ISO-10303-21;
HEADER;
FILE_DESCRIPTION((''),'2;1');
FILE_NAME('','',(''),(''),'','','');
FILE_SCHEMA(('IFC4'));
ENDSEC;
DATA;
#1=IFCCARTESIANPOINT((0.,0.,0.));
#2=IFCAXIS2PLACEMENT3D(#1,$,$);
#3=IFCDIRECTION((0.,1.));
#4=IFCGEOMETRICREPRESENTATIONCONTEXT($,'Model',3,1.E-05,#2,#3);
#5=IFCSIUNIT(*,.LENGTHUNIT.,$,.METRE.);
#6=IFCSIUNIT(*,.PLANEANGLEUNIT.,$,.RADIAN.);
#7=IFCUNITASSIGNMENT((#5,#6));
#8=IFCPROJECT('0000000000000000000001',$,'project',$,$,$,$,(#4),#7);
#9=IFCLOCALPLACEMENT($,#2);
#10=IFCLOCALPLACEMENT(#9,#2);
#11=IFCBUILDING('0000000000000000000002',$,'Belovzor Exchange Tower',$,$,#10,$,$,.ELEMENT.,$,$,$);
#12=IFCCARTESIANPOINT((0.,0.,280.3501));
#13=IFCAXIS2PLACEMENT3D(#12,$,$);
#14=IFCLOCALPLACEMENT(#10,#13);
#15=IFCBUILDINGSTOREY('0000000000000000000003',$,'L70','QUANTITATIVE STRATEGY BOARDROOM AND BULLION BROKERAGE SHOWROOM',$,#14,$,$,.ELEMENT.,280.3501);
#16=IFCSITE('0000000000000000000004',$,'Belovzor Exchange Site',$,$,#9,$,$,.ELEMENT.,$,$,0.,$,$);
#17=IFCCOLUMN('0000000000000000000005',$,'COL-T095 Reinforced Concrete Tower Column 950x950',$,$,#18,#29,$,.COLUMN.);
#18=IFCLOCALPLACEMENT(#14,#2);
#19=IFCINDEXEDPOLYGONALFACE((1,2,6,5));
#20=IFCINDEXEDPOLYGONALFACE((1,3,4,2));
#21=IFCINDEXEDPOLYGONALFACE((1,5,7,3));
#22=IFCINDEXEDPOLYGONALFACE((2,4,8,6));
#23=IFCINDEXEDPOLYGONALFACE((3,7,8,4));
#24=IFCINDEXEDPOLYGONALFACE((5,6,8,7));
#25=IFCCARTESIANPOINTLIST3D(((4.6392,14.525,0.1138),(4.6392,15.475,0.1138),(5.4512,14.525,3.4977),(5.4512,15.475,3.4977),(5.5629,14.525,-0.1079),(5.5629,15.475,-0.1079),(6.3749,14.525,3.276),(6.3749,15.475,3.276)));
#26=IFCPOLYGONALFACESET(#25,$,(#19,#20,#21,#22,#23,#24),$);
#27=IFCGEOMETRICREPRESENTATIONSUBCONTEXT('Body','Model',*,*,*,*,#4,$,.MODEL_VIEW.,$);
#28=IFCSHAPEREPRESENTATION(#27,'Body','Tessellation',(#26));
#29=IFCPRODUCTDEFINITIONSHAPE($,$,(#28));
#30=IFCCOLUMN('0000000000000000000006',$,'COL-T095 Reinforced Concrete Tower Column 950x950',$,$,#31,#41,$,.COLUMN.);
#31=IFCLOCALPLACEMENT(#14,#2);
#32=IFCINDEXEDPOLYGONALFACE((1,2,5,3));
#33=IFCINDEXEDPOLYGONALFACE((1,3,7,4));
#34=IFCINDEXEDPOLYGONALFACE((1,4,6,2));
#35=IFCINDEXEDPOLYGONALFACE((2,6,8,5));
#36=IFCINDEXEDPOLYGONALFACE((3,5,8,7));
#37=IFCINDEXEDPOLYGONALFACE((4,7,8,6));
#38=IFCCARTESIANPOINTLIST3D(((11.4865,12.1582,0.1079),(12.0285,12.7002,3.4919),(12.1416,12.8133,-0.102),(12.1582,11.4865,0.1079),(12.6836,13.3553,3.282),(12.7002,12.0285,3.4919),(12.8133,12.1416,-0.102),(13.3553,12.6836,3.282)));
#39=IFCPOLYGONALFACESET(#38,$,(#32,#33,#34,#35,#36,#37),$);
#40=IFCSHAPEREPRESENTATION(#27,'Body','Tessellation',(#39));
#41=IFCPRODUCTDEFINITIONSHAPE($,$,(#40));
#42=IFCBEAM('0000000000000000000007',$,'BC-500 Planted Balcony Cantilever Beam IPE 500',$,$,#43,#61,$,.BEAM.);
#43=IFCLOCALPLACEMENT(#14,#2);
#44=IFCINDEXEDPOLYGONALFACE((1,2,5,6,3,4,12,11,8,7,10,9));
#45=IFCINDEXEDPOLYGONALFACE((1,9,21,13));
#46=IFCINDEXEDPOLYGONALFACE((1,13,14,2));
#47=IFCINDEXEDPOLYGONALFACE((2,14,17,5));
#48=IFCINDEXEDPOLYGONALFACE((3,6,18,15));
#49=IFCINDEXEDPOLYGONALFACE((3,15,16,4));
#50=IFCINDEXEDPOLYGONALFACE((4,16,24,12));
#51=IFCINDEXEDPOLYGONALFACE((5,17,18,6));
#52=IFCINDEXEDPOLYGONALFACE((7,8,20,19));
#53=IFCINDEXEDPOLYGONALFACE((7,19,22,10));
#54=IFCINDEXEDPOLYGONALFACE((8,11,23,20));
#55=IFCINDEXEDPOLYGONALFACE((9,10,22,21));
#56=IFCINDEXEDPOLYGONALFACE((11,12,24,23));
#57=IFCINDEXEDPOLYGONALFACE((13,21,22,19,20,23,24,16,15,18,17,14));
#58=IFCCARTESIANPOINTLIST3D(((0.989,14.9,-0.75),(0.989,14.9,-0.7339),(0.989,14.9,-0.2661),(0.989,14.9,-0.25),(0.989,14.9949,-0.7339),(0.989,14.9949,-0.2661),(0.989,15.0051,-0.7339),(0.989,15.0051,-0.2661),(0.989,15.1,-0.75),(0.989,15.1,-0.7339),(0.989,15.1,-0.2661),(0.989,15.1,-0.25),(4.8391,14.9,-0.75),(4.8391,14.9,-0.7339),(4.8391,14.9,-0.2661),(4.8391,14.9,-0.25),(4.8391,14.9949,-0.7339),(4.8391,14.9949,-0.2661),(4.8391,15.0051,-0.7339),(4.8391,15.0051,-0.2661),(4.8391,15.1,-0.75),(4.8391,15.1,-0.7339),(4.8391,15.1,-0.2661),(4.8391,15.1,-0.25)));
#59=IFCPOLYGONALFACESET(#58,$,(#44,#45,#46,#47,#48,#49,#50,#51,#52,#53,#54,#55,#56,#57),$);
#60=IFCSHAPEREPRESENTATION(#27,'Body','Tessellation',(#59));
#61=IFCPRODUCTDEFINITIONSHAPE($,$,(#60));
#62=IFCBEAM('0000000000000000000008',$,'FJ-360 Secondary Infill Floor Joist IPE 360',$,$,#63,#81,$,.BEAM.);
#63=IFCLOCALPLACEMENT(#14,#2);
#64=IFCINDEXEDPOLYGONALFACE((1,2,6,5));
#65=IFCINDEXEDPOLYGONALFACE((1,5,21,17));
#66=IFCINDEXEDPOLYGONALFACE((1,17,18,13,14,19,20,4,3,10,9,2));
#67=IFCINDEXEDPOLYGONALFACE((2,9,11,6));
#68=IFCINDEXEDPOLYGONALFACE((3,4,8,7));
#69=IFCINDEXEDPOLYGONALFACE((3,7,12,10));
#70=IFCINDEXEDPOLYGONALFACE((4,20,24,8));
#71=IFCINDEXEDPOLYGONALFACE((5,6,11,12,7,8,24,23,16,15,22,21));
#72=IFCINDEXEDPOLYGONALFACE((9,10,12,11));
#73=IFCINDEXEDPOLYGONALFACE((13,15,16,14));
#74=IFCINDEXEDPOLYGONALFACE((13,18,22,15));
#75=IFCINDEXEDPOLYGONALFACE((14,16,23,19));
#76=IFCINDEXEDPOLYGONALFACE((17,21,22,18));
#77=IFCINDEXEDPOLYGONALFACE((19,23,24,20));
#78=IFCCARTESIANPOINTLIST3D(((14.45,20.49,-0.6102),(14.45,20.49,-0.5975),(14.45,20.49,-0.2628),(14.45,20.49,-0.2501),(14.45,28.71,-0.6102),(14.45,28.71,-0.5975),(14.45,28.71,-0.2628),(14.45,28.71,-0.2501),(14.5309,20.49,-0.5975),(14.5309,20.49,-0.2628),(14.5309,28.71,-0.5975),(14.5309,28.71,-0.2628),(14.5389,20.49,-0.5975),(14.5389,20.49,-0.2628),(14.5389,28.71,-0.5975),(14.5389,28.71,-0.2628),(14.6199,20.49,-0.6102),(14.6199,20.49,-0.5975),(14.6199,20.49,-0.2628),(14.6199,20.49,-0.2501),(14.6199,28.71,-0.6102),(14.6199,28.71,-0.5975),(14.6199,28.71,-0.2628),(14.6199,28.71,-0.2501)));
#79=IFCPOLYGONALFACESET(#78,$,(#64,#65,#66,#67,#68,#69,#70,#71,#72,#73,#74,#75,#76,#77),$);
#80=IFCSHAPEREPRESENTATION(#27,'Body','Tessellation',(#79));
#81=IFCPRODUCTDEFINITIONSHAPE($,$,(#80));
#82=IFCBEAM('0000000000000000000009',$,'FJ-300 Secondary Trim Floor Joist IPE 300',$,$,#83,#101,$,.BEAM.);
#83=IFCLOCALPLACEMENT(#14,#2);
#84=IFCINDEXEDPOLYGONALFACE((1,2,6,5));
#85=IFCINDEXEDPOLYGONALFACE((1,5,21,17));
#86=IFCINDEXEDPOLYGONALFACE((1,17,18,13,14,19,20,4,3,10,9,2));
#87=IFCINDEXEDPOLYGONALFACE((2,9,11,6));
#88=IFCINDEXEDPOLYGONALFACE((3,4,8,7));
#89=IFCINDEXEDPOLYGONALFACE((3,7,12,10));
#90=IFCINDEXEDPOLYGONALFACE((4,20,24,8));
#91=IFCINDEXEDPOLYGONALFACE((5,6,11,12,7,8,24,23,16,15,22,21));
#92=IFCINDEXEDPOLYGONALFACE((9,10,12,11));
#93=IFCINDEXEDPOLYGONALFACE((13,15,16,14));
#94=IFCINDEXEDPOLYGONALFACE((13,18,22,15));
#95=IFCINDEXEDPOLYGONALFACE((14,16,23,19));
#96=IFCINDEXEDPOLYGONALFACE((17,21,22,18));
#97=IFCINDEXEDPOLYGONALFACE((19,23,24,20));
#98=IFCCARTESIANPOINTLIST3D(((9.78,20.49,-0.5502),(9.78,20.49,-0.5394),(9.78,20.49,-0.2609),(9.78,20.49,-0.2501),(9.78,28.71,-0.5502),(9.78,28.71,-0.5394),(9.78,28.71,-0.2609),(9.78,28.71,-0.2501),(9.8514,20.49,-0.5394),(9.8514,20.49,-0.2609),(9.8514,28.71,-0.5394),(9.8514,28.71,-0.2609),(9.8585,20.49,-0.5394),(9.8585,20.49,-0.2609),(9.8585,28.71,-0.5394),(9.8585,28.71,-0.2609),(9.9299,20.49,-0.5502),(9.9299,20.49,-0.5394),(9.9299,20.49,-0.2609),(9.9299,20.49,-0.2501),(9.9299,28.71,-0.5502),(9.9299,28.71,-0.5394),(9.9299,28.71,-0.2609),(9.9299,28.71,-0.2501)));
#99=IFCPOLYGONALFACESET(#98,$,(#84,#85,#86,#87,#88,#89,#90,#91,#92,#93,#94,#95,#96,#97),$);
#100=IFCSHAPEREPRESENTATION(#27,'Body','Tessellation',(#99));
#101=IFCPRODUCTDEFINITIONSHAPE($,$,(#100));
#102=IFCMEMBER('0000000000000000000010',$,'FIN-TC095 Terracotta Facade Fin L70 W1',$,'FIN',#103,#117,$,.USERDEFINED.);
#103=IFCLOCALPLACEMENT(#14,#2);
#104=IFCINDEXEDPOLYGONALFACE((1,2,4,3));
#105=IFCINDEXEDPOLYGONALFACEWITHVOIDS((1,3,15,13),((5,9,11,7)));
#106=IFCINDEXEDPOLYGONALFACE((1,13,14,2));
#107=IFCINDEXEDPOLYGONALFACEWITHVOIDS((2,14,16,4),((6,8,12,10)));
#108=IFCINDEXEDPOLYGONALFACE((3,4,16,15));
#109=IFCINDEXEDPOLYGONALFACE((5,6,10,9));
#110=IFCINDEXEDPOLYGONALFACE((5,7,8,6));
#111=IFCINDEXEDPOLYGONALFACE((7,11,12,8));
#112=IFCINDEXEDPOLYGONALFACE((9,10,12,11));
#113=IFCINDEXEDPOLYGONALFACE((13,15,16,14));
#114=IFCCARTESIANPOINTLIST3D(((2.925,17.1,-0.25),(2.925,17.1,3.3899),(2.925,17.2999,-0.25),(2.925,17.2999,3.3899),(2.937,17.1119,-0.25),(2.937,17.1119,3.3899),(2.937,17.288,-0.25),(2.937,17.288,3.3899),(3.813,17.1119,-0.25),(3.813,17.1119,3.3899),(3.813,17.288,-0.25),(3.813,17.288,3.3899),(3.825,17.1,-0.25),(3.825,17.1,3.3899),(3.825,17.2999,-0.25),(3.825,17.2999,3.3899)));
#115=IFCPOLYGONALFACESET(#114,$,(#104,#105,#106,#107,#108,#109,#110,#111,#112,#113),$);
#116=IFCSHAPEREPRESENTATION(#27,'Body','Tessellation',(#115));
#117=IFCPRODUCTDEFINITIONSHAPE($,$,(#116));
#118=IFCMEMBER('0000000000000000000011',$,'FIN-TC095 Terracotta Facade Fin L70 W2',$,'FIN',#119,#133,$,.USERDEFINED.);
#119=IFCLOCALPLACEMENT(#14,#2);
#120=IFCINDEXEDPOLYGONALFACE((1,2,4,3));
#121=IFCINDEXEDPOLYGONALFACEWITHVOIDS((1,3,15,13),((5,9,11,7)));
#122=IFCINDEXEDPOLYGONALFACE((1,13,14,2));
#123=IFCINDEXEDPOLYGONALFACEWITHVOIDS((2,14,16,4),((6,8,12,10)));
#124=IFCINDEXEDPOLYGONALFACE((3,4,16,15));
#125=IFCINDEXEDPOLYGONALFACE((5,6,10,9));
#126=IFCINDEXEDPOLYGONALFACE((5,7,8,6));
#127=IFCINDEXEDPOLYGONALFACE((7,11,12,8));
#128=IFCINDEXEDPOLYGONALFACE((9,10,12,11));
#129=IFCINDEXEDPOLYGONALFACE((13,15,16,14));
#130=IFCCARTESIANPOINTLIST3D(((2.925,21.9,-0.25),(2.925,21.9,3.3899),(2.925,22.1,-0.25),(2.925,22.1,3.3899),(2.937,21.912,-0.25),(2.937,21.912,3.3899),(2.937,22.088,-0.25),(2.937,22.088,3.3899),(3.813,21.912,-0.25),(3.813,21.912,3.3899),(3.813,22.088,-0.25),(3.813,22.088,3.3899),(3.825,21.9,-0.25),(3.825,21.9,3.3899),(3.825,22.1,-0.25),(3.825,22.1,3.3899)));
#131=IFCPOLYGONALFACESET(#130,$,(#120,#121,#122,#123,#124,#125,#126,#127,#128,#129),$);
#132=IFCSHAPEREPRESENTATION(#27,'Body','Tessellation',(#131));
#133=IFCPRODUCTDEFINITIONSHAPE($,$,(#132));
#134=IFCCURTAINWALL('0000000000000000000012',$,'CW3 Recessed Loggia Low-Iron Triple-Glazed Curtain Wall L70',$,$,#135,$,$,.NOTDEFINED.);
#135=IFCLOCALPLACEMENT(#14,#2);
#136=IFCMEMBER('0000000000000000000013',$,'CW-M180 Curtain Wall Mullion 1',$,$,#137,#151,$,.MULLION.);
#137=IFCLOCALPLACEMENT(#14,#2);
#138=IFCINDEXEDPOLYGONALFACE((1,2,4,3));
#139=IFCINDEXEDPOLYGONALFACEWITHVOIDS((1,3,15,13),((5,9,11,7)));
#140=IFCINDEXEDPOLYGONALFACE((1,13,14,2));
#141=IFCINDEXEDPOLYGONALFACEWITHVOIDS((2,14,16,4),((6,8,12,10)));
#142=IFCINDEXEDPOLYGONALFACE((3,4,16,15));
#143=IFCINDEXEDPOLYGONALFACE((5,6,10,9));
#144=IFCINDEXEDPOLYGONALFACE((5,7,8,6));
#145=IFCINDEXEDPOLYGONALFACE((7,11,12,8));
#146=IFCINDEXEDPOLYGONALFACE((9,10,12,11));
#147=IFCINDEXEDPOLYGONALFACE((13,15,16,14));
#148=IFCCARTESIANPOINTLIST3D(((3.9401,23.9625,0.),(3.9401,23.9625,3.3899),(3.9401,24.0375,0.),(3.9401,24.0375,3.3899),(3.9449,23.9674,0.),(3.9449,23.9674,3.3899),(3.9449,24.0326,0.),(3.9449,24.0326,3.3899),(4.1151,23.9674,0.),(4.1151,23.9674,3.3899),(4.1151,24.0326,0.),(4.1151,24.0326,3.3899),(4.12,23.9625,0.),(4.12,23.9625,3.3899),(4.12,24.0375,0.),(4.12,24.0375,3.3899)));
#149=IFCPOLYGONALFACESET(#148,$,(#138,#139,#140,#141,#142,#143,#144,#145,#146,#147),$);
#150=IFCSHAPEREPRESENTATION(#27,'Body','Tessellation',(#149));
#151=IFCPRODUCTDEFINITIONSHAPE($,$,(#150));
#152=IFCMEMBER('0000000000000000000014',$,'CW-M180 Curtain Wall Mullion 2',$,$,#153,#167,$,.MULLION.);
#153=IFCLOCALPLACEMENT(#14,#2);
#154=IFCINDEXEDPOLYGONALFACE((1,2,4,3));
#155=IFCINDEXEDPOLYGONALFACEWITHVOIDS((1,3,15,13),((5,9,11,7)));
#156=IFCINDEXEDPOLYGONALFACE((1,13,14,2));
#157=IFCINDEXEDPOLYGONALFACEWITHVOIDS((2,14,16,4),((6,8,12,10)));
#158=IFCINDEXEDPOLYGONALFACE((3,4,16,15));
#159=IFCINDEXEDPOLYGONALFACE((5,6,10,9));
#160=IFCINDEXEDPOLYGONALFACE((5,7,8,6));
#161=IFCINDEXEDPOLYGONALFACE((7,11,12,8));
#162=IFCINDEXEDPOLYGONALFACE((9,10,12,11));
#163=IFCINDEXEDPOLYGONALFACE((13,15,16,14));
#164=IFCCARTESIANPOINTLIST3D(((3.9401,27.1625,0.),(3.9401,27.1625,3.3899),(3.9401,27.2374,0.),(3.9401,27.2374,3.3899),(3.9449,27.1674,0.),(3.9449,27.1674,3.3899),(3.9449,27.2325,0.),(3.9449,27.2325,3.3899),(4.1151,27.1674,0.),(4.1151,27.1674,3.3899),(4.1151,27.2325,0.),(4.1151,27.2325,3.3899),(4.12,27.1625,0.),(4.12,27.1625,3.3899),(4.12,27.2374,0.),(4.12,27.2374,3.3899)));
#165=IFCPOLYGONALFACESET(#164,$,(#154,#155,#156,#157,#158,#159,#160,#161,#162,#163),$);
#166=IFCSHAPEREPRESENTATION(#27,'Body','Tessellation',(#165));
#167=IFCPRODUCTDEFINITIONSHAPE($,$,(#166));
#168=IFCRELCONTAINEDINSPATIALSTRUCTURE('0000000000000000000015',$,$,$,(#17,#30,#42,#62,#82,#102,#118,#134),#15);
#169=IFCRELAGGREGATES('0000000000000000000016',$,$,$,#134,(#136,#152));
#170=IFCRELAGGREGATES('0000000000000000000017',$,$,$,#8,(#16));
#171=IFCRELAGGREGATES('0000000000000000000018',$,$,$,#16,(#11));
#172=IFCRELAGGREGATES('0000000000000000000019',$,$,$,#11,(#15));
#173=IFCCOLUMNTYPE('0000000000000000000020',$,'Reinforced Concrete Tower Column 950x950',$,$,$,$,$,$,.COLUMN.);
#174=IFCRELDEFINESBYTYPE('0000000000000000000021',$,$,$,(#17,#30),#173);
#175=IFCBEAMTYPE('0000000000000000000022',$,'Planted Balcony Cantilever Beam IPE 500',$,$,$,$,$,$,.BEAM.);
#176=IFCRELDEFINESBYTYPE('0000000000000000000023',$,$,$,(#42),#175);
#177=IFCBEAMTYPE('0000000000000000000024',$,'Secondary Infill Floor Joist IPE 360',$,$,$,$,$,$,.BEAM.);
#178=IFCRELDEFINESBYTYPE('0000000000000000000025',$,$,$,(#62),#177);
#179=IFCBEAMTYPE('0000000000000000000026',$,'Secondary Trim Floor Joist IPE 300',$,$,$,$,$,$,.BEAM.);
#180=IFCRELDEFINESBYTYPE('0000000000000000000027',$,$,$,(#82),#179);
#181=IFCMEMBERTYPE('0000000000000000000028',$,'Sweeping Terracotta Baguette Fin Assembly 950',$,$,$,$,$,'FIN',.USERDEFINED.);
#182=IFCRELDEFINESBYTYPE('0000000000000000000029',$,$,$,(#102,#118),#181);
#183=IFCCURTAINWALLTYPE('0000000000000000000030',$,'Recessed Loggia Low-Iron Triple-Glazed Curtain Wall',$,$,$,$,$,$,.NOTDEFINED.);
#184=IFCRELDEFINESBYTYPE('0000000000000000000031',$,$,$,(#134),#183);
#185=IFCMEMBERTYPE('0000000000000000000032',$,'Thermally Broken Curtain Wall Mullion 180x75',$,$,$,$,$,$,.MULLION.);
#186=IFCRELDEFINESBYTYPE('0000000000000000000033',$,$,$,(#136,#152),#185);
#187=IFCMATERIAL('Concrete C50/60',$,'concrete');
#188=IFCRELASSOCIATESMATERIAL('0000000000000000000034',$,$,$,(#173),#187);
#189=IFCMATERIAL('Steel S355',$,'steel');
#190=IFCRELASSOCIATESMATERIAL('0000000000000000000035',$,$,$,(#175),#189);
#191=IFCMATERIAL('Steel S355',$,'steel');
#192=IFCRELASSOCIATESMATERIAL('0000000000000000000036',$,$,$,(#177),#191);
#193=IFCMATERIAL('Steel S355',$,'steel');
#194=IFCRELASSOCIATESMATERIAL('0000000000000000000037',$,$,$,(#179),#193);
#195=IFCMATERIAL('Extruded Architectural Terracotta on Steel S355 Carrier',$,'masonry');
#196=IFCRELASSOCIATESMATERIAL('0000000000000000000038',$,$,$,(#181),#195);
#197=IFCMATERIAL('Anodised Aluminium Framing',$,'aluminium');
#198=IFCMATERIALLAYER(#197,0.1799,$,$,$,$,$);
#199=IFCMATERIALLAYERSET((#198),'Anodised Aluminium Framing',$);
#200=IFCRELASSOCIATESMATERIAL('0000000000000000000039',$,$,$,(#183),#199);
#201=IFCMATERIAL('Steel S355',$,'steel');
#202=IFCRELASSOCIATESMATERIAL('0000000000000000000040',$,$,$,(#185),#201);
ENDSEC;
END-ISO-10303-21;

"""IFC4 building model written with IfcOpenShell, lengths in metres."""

from ifc_helpers import new_model, si_unit, direction, frame, origin, origin_2d, place, context, subcontext, project, spatial, rectangle, hollow_rectangle, i_section, extrude, material, layer, layer_set, material_profile, profile_set, type_object, element, aggregate, save


model = new_model("IFC4")

# Units and contexts
model_context = context("Model", 3, precision=1e-05, world=origin(), true_north=direction((0.0, 1.0)))
body_context = subcontext(model_context, "Body", "Model", "MODEL_VIEW")
ifc_project = project(units=[si_unit("LENGTHUNIT", "METRE"), si_unit("PLANEANGLEUNIT", "RADIAN")], contexts=[model_context])

# Site, building, storey
site_placement = place(None, origin())
site = spatial("IfcSite", under=ifc_project, at=site_placement, Name="Belovzor Exchange Site", CompositionType="ELEMENT", RefElevation=0.0)
building_placement = place(site_placement, origin())
building = spatial("IfcBuilding", under=site, at=building_placement, Name="Belovzor Exchange Tower", CompositionType="ELEMENT")
storey_placement = place(building_placement, frame((0.0, 0.0, 280.3501)))
storey = spatial("IfcBuildingStorey", under=building, at=storey_placement, Name="L70", Description="QUANTITATIVE STRATEGY BOARDROOM AND BULLION BROKERAGE SHOWROOM", CompositionType="ELEMENT", Elevation=280.3501)

# Columns
ifc_material_1 = material(Name="Concrete C50/60", Category="concrete")
ifc_material_profile_1 = material_profile(ifc_material_1, rectangle(XDim=0.95, YDim=0.95, at=origin_2d()))
ifc_profile_set_1 = profile_set([ifc_material_profile_1], Name="Concrete C50/60")
column_type = type_object("IfcColumnType", Name="Reinforced Concrete Tower Column 950x950", PredefinedType="COLUMN", material=ifc_profile_set_1)
column_1_placement = place(storey_placement, frame((5.1011, 15.0, 0.0029), z_axis=(0.23333, 0.0, 0.972397), x_axis=(0.0, 1.0, 0.0)))
element("IfcColumn", 1, at=column_1_placement, inside=storey, type_object=column_type, Name="COL-T095 Reinforced Concrete Tower Column 950x950", PredefinedType="COLUMN", context=body_context, shape_type="SweptSolid", body=[
    extrude(rectangle(XDim=0.95, YDim=0.95, at=origin_2d()), origin(), (0.0, 0.0, 1.0), 3.48),
])
column_2_placement = place(storey_placement, frame((12.1499, 12.1499, 0.0029), z_axis=(0.156205, 0.156205, 0.975295), x_axis=(-0.707107, 0.707107, 0.0)))
element("IfcColumn", 2, at=column_2_placement, inside=storey, type_object=column_type, Name="COL-T095 Reinforced Concrete Tower Column 950x950", PredefinedType="COLUMN", context=body_context, shape_type="SweptSolid", body=[
    extrude(rectangle(XDim=0.95, YDim=0.95, at=origin_2d()), origin(), (0.0, 0.0, 1.0), 3.4697),
])

# Beams
ifc_material_2 = material(Name="Steel S355", Category="steel")
ifc_material_profile_2 = material_profile(ifc_material_2, i_section(OverallWidth=0.2, OverallDepth=0.5, WebThickness=0.0103, FlangeThickness=0.0161, at=origin_2d()))
ifc_profile_set_2 = profile_set([ifc_material_profile_2], Name="Steel S355")
beam_type_1 = type_object("IfcBeamType", Name="Planted Balcony Cantilever Beam IPE 500", PredefinedType="BEAM", material=ifc_profile_set_2)
beam_1_placement = place(storey_placement, frame((4.8391, 15.0, -0.5), z_axis=(-1.0, 0.0, 0.0), x_axis=(0.0, -1.0, 0.0)))
element("IfcBeam", 3, at=beam_1_placement, inside=storey, type_object=beam_type_1, Name="BC-500 Planted Balcony Cantilever Beam IPE 500", PredefinedType="BEAM", context=body_context, shape_type="SweptSolid", body=[
    extrude(i_section(OverallWidth=0.2, OverallDepth=0.5, WebThickness=0.0103, FlangeThickness=0.0161, at=origin_2d()), origin(), (0.0, 0.0, 1.0), 3.8501),
])
ifc_material_3 = material(Name="Steel S355", Category="steel")
ifc_material_profile_3 = material_profile(ifc_material_3, i_section(OverallWidth=0.1699, OverallDepth=0.3601, WebThickness=0.0081, FlangeThickness=0.0127, at=origin_2d()))
ifc_profile_set_3 = profile_set([ifc_material_profile_3], Name="Steel S355")
beam_type_2 = type_object("IfcBeamType", Name="Secondary Infill Floor Joist IPE 360", PredefinedType="BEAM", material=ifc_profile_set_3)
beam_2_placement = place(storey_placement, frame((14.5349, 20.49, -0.4302), z_axis=(0.0, 1.0, 0.0), x_axis=(-1.0, 0.0, 0.0)))
element("IfcBeam", 4, at=beam_2_placement, inside=storey, type_object=beam_type_2, Name="FJ-360 Secondary Infill Floor Joist IPE 360", PredefinedType="BEAM", context=body_context, shape_type="SweptSolid", body=[
    extrude(i_section(OverallWidth=0.1699, OverallDepth=0.3601, WebThickness=0.0081, FlangeThickness=0.0127, at=origin_2d()), origin(), (0.0, 0.0, 1.0), 8.22),
])
ifc_material_4 = material(Name="Steel S355", Category="steel")
ifc_material_profile_4 = material_profile(ifc_material_4, i_section(OverallWidth=0.1499, OverallDepth=0.3, WebThickness=0.0071, FlangeThickness=0.0107, at=origin_2d()))
ifc_profile_set_4 = profile_set([ifc_material_profile_4], Name="Steel S355")
beam_type_3 = type_object("IfcBeamType", Name="Secondary Trim Floor Joist IPE 300", PredefinedType="BEAM", material=ifc_profile_set_4)
beam_3_placement = place(storey_placement, frame((9.855, 20.49, -0.4001), z_axis=(0.0, 1.0, 0.0), x_axis=(-1.0, 0.0, 0.0)))
element("IfcBeam", 5, at=beam_3_placement, inside=storey, type_object=beam_type_3, Name="FJ-300 Secondary Trim Floor Joist IPE 300", PredefinedType="BEAM", context=body_context, shape_type="SweptSolid", body=[
    extrude(i_section(OverallWidth=0.1499, OverallDepth=0.3, WebThickness=0.0071, FlangeThickness=0.0107, at=origin_2d()), origin(), (0.0, 0.0, 1.0), 8.22),
])

# Members
ifc_material_5 = material(Name="Extruded Architectural Terracotta on Steel S355 Carrier", Category="masonry")
ifc_material_profile_5 = material_profile(ifc_material_5, hollow_rectangle(XDim=0.2, YDim=0.8999, WallThickness=0.012, at=origin_2d()))
ifc_profile_set_5 = profile_set([ifc_material_profile_5], Name="Extruded Architectural Terracotta on Steel S355 Carrier")
member_type_1 = type_object("IfcMemberType", Name="Sweeping Terracotta Baguette Fin Assembly 950", ElementType="FIN", PredefinedType="USERDEFINED", material=ifc_profile_set_5)
for number, where, z_axis, x_axis, name in (
    (6, (3.375, 17.2, -0.25), (0.0, 0.0, 1.0), (0.0, 1.0, 0.0), "FIN-TC095 Terracotta Facade Fin L70 W1"),
    (7, (3.375, 22.0, -0.25), (0.0, 0.0, 1.0), (0.0, 1.0, 0.0), "FIN-TC095 Terracotta Facade Fin L70 W2"),
):
    element("IfcMember", number, at=place(storey_placement, frame(where, z_axis=z_axis, x_axis=x_axis)), inside=storey, type_object=member_type_1, Name=name, ObjectType="FIN", PredefinedType="USERDEFINED", context=body_context, shape_type="SweptSolid", body=[
        extrude(hollow_rectangle(XDim=0.2, YDim=0.8999, WallThickness=0.012, at=origin_2d()), origin(), (0.0, 0.0, 1.0), 3.6399),
    ])

# Curtain wall, members
ifc_material_6 = material(Name="Anodised Aluminium Framing", Category="aluminium")
ifc_layer_1 = layer(ifc_material_6, 0.1799)
ifc_layer_set_1 = layer_set([ifc_layer_1], Name="Anodised Aluminium Framing")
curtain_wall_type = type_object("IfcCurtainWallType", Name="Recessed Loggia Low-Iron Triple-Glazed Curtain Wall", PredefinedType="NOTDEFINED", material=ifc_layer_set_1)
curtain_wall_placement = place(storey_placement, origin())
curtain_wall = element("IfcCurtainWall", 8, at=curtain_wall_placement, inside=storey, type_object=curtain_wall_type, Name="CW3 Recessed Loggia Low-Iron Triple-Glazed Curtain Wall L70", PredefinedType="NOTDEFINED")
ifc_material_7 = material(Name="Steel S355", Category="steel")
ifc_material_profile_6 = material_profile(ifc_material_7, hollow_rectangle(XDim=0.075, YDim=0.1799, WallThickness=0.0049, at=origin_2d()))
ifc_profile_set_6 = profile_set([ifc_material_profile_6], Name="Steel S355")
member_type_2 = type_object("IfcMemberType", Name="Thermally Broken Curtain Wall Mullion 180x75", PredefinedType="MULLION", material=ifc_profile_set_6)
member_1_placement = place(storey_placement, frame((4.03, 24.0, 0.0), z_axis=(0.0, 0.0, 1.0), x_axis=(0.0, 1.0, 0.0)))
member_1 = element("IfcMember", 9, at=member_1_placement, type_object=member_type_2, Name="CW-M180 Curtain Wall Mullion 1", PredefinedType="MULLION", context=body_context, shape_type="SweptSolid", body=[
    extrude(hollow_rectangle(XDim=0.075, YDim=0.1799, WallThickness=0.0049, at=origin_2d()), origin(), (0.0, 0.0, 1.0), 3.3899),
])
member_2_placement = place(storey_placement, frame((4.03, 27.2, 0.0), z_axis=(0.0, 0.0, 1.0), x_axis=(0.0, 1.0, 0.0)))
member_2 = element("IfcMember", 10, at=member_2_placement, type_object=member_type_2, Name="CW-M180 Curtain Wall Mullion 2", PredefinedType="MULLION", context=body_context, shape_type="SweptSolid", body=[
    extrude(hollow_rectangle(XDim=0.075, YDim=0.1799, WallThickness=0.0049, at=origin_2d()), origin(), (0.0, 0.0, 1.0), 3.3899),
])

aggregate(curtain_wall, [member_1, member_2])

save(model, "model.ifc")
